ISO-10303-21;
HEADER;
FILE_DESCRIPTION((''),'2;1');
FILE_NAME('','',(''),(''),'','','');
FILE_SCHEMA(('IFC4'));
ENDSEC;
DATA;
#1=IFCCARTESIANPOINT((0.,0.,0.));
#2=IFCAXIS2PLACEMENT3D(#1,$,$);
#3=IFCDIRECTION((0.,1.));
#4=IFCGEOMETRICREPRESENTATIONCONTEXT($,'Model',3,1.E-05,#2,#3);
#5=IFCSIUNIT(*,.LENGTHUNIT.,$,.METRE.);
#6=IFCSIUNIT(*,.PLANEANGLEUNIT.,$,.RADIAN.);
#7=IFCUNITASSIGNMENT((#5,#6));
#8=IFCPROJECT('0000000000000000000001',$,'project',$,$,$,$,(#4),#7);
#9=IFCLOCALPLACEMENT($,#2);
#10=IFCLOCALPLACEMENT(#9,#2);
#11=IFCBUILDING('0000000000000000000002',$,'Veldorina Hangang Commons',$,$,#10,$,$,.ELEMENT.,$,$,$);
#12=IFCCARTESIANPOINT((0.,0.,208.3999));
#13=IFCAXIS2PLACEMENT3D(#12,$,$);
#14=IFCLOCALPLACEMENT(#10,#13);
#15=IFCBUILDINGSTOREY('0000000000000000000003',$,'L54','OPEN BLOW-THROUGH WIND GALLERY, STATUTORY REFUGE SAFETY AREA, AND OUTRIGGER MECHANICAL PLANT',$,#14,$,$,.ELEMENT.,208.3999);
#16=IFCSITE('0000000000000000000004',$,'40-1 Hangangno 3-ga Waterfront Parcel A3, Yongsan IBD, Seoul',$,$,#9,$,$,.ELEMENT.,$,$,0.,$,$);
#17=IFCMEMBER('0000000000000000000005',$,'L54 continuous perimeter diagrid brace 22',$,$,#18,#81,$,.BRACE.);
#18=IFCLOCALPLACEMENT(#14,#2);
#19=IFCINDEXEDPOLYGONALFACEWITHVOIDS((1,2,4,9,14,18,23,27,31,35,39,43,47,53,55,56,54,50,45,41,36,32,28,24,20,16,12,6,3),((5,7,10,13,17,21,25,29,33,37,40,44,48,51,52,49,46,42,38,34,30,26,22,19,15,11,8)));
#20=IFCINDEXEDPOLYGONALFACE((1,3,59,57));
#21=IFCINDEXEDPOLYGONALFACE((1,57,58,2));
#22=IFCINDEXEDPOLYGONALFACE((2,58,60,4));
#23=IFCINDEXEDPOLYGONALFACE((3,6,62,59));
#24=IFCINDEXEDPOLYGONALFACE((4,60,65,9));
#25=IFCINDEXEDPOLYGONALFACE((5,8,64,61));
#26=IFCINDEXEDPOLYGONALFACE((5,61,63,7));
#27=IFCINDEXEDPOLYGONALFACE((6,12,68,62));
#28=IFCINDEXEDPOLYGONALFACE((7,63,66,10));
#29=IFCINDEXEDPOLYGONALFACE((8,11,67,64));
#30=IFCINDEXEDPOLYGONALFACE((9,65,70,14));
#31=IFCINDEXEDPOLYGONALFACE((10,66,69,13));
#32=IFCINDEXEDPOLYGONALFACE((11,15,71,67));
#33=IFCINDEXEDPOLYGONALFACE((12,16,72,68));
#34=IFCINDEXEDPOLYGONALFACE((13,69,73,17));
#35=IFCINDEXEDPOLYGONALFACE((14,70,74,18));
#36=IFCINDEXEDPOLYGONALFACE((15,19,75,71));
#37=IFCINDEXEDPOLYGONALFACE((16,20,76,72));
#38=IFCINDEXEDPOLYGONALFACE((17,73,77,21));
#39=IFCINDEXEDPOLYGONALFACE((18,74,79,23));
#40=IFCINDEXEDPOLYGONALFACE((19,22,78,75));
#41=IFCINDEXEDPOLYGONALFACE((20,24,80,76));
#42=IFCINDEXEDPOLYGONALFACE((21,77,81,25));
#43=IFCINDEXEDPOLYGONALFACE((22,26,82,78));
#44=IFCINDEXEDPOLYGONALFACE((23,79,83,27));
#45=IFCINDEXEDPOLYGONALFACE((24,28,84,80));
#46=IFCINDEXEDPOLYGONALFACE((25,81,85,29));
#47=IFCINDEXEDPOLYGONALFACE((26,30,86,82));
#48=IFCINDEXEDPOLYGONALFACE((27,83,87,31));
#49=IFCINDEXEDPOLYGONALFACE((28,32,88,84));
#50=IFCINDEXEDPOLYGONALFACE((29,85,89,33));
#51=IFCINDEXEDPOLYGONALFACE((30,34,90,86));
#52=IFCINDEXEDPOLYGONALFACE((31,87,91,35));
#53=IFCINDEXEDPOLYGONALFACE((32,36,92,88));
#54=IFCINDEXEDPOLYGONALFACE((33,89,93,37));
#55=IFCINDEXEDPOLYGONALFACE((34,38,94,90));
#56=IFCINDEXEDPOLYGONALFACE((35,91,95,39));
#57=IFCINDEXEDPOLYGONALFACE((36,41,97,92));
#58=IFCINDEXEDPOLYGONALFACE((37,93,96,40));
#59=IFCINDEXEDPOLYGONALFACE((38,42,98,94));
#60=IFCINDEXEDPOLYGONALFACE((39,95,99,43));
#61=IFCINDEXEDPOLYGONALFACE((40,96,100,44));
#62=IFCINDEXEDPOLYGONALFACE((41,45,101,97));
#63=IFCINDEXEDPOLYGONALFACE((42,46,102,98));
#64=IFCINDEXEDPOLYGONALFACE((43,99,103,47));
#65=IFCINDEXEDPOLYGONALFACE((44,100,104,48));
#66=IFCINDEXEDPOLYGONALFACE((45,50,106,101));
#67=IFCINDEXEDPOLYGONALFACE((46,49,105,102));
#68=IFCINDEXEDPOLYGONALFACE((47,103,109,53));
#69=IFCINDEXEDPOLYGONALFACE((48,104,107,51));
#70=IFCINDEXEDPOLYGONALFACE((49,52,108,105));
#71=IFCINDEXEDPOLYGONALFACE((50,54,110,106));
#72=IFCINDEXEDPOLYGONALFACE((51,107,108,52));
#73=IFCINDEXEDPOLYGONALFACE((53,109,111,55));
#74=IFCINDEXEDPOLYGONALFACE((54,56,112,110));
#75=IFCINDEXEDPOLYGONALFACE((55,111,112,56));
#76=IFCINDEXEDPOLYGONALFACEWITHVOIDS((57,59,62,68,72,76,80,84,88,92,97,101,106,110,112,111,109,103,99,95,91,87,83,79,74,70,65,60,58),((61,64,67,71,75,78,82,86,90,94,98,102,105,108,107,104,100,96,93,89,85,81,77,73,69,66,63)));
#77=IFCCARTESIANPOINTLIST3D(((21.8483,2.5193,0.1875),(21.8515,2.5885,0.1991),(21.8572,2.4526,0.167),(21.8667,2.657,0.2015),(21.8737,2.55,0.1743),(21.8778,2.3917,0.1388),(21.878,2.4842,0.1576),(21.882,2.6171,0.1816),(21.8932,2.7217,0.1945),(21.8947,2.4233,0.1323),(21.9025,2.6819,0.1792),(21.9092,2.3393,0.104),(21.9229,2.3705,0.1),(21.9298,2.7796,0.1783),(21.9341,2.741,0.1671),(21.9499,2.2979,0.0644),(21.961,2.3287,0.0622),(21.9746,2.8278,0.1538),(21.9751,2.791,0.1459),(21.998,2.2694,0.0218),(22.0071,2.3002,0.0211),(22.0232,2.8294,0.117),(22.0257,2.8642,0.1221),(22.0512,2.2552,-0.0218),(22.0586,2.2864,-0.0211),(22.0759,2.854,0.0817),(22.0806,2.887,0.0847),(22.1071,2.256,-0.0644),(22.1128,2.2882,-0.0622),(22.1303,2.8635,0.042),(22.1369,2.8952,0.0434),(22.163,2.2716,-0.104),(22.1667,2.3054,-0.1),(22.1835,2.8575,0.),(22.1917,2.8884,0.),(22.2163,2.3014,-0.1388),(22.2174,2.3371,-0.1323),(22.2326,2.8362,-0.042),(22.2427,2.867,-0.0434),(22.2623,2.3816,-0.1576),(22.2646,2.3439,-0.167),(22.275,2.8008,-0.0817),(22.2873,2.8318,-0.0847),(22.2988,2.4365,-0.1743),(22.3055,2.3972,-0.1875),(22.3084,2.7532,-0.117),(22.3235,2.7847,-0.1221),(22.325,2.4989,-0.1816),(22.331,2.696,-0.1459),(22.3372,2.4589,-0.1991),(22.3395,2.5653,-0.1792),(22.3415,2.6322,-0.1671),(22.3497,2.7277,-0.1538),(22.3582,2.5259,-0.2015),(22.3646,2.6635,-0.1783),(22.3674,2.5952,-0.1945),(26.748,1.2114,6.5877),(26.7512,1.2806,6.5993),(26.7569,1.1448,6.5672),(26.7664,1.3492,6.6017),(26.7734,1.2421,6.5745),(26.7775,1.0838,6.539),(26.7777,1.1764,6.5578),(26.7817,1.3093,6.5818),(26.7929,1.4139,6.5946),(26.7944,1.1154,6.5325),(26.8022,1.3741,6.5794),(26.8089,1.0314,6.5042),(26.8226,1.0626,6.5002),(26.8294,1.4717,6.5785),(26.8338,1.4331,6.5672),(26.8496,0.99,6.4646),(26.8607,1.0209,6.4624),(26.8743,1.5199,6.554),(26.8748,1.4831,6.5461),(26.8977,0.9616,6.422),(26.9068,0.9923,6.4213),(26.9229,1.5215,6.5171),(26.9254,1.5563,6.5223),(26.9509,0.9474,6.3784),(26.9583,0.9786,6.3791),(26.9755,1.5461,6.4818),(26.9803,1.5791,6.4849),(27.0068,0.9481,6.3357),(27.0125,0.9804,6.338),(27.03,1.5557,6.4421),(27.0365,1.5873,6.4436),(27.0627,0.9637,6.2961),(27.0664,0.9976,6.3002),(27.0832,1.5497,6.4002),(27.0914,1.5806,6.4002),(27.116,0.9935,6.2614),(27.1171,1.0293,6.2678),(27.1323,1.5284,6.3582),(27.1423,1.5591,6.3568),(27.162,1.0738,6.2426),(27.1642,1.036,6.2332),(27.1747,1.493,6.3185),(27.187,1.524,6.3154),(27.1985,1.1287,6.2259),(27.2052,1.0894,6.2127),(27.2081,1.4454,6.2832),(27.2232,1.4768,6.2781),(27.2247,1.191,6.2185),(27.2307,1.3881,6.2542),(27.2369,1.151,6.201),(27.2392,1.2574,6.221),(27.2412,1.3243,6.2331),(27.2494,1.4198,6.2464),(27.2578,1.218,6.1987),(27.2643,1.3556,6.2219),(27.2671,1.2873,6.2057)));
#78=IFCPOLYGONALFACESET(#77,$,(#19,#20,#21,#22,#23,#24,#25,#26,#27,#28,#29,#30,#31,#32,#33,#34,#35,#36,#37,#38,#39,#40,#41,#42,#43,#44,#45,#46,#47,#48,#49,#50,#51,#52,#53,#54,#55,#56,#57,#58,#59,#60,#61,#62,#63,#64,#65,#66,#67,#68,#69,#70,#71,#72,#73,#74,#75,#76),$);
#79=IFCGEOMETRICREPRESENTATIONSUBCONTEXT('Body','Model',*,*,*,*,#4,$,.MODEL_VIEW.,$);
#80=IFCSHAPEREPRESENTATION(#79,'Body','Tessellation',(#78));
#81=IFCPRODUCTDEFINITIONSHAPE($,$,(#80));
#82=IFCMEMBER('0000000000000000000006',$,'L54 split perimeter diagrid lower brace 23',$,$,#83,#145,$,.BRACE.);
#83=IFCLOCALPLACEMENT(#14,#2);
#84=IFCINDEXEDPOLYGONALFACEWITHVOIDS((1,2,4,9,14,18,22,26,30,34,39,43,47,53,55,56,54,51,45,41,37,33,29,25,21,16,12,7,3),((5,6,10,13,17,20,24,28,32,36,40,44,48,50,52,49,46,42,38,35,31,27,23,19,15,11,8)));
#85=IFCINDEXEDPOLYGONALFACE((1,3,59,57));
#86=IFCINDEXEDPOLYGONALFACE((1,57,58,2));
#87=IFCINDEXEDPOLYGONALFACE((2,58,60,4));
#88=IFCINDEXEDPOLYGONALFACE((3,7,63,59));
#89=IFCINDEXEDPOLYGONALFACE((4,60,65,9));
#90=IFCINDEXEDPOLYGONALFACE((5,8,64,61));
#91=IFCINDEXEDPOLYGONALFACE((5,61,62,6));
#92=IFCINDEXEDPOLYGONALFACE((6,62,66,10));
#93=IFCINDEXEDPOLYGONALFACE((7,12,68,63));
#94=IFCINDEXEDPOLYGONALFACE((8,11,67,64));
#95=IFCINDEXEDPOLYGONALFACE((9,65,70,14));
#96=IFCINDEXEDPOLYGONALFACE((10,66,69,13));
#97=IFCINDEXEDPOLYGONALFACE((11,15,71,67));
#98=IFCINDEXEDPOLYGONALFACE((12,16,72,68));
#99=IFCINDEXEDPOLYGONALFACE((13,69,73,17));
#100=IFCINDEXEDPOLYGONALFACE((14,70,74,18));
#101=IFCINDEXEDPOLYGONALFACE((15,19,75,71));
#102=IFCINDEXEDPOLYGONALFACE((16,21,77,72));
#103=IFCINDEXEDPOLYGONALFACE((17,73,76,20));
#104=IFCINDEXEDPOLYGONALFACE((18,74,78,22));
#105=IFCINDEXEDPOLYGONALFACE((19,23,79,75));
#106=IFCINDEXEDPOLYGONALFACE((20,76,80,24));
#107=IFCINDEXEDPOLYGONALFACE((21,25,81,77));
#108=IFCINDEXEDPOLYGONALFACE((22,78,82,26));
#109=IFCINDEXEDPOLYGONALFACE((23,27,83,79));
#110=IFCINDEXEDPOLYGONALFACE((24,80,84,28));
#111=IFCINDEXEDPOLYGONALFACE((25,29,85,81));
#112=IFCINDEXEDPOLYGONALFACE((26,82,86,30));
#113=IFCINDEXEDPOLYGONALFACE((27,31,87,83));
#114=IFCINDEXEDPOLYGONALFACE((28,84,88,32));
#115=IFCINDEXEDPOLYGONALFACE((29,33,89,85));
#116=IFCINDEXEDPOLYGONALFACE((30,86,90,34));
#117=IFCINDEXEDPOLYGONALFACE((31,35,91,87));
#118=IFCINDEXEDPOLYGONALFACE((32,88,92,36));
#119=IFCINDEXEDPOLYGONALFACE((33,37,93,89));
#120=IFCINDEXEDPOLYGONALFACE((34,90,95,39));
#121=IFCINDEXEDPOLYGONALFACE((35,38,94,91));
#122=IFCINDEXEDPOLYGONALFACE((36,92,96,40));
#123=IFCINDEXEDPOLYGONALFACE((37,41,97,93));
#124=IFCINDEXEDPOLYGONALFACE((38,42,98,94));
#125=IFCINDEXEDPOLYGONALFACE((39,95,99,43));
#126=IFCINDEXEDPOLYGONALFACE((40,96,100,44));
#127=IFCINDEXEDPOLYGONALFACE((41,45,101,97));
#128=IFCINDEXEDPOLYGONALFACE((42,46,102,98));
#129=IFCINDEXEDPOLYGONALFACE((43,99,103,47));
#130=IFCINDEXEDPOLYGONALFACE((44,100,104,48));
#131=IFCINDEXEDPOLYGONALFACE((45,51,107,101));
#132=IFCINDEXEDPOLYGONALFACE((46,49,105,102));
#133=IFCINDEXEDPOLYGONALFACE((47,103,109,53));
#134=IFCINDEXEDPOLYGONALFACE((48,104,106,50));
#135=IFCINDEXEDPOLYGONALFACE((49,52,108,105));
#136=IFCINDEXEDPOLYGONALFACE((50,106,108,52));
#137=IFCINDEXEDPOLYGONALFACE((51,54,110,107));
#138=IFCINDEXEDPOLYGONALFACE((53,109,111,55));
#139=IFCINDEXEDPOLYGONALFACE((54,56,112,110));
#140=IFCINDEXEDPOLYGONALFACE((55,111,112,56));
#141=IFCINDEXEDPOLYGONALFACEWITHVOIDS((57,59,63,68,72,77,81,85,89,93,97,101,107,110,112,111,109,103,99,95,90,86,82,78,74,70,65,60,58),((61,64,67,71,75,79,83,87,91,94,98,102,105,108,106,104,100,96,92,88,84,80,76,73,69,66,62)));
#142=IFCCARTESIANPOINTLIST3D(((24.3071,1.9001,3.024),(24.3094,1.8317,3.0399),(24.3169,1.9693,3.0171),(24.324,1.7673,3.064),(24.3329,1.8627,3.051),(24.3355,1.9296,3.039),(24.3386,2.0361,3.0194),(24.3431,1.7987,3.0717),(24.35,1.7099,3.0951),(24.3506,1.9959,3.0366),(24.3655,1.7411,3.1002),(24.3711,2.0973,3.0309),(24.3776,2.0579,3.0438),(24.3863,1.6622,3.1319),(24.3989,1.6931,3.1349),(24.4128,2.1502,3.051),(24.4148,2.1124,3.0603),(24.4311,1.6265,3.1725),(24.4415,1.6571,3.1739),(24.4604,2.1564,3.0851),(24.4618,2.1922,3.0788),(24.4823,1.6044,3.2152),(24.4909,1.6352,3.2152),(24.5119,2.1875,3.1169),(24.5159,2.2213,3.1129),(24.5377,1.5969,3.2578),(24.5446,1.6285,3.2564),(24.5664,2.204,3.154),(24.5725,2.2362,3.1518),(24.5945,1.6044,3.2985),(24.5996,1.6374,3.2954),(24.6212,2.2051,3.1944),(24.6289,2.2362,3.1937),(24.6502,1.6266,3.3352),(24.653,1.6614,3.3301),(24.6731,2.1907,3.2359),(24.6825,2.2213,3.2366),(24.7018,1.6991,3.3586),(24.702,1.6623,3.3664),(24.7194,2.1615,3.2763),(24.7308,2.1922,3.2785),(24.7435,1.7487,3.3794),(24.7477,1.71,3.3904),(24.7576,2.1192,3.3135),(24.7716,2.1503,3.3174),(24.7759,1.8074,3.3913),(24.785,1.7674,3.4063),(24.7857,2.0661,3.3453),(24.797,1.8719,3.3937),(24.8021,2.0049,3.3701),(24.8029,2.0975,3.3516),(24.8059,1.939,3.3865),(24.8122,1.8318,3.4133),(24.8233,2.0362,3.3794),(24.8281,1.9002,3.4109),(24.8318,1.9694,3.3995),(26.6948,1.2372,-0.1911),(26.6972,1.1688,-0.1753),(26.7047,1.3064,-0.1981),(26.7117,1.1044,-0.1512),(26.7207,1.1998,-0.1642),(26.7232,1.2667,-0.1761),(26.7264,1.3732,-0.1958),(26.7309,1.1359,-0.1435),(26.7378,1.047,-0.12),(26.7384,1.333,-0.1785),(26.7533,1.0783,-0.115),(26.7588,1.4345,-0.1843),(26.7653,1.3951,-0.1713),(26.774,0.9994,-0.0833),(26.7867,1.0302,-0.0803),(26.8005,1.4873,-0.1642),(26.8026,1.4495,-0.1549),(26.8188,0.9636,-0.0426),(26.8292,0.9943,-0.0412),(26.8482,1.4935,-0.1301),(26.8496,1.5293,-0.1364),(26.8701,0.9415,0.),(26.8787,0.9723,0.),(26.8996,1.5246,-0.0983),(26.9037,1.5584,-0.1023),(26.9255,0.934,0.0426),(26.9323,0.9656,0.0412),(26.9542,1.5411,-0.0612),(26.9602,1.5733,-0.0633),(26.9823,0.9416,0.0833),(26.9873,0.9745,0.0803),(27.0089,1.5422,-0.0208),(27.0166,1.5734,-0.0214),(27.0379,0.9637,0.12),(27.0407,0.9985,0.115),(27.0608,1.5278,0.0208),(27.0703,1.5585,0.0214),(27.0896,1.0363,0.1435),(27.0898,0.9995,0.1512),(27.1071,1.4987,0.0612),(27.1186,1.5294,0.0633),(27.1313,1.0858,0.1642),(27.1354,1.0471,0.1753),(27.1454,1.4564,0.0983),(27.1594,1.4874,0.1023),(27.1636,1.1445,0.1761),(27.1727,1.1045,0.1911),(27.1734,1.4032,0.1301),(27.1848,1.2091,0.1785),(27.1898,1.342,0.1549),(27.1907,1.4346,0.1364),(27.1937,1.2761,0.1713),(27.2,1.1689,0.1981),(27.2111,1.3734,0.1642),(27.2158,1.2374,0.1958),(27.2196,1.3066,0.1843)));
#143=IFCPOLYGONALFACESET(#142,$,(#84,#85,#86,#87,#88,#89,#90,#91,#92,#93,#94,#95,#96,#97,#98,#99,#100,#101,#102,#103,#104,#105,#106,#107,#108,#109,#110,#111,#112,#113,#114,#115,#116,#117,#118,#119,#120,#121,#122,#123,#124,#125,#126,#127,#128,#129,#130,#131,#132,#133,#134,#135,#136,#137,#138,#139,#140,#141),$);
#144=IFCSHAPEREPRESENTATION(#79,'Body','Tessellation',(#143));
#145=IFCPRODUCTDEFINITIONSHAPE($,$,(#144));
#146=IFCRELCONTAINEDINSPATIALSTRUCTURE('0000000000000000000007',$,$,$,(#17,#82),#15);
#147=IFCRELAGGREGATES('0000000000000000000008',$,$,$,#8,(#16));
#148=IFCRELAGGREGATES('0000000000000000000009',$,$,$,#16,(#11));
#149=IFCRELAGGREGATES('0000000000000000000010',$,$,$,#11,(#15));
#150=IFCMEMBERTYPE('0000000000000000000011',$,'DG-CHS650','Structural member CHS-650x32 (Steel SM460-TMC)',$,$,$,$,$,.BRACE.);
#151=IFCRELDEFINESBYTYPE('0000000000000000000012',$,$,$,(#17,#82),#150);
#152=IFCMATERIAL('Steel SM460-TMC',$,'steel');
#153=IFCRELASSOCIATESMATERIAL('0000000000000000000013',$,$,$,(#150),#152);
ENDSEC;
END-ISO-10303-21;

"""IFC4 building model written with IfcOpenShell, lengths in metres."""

from ifc_helpers import new_model, si_unit, direction, frame, origin, origin_2d, place, context, subcontext, project, spatial, hollow_circle, extrude, material, material_profile, profile_set, type_object, element, save


model = new_model("IFC4")

# Units and contexts
model_context = context("Model", 3, precision=1e-05, world=origin(), true_north=direction((0.0, 1.0)))
body_context = subcontext(model_context, "Body", "Model", "MODEL_VIEW")
ifc_project = project(units=[si_unit("LENGTHUNIT", "METRE"), si_unit("PLANEANGLEUNIT", "RADIAN")], contexts=[model_context])

# Site, building, storey
site_placement = place(None, origin())
site = spatial("IfcSite", under=ifc_project, at=site_placement, Name="40-1 Hangangno 3-ga Waterfront Parcel A3, Yongsan IBD, Seoul", CompositionType="ELEMENT", RefElevation=0.0)
building_placement = place(site_placement, origin())
building = spatial("IfcBuilding", under=site, at=building_placement, Name="Veldorina Hangang Commons", CompositionType="ELEMENT")
storey_placement = place(building_placement, frame((0.0, 0.0, 208.3999)))
storey = spatial("IfcBuildingStorey", under=building, at=storey_placement, Name="L54", Description="OPEN BLOW-THROUGH WIND GALLERY, STATUTORY REFUGE SAFETY AREA, AND OUTRIGGER MECHANICAL PLANT", CompositionType="ELEMENT", Elevation=208.3999)

# Shared definitions
ifc_material_1 = material(Name="Steel SM460-TMC", Category="steel")

# Members
ifc_material_profile_1 = material_profile(ifc_material_1, hollow_circle(Radius=0.325, WallThickness=0.032, at=origin_2d()), Name="CHS-650x32")
ifc_profile_set_1 = profile_set([ifc_material_profile_1], Name="Steel SM460-TMC")
member_type_1 = type_object("IfcMemberType", Name="DG-CHS650", Description="Structural member CHS-650x32 (Steel SM460-TMC)", PredefinedType="BRACE", material=ifc_profile_set_1)
member_1_placement = place(storey_placement, frame((22.1079, 2.5745, 0.0), z_axis=(0.600028, -0.160165, 0.783782), x_axis=(0.257899, 0.966172, 0.0)))
element("IfcMember", 1, at=member_1_placement, inside=storey, type_object=member_type_1, Name="L54 continuous perimeter diagrid brace 22", PredefinedType="BRACE", context=body_context, shape_type="SweptSolid", body=[
    extrude(hollow_circle(Radius=0.325, WallThickness=0.032, at=origin_2d()), origin(), (0.0, 0.0, 1.0), 8.1658),
])
member_2_placement = place(storey_placement, frame((26.957, 1.2546, 0.0), z_axis=(-0.588216, 0.163293, 0.792046), x_axis=(-0.267491, -0.96356, 0.0)))
element("IfcMember", 2, at=member_2_placement, inside=storey, type_object=member_type_1, Name="L54 split perimeter diagrid lower brace 23", PredefinedType="BRACE", context=body_context, shape_type="SweptSolid", body=[
    extrude(hollow_circle(Radius=0.325, WallThickness=0.032, at=origin_2d()), origin(), (0.0, 0.0, 1.0), 4.0593),
])

save(model, "model.ifc")
